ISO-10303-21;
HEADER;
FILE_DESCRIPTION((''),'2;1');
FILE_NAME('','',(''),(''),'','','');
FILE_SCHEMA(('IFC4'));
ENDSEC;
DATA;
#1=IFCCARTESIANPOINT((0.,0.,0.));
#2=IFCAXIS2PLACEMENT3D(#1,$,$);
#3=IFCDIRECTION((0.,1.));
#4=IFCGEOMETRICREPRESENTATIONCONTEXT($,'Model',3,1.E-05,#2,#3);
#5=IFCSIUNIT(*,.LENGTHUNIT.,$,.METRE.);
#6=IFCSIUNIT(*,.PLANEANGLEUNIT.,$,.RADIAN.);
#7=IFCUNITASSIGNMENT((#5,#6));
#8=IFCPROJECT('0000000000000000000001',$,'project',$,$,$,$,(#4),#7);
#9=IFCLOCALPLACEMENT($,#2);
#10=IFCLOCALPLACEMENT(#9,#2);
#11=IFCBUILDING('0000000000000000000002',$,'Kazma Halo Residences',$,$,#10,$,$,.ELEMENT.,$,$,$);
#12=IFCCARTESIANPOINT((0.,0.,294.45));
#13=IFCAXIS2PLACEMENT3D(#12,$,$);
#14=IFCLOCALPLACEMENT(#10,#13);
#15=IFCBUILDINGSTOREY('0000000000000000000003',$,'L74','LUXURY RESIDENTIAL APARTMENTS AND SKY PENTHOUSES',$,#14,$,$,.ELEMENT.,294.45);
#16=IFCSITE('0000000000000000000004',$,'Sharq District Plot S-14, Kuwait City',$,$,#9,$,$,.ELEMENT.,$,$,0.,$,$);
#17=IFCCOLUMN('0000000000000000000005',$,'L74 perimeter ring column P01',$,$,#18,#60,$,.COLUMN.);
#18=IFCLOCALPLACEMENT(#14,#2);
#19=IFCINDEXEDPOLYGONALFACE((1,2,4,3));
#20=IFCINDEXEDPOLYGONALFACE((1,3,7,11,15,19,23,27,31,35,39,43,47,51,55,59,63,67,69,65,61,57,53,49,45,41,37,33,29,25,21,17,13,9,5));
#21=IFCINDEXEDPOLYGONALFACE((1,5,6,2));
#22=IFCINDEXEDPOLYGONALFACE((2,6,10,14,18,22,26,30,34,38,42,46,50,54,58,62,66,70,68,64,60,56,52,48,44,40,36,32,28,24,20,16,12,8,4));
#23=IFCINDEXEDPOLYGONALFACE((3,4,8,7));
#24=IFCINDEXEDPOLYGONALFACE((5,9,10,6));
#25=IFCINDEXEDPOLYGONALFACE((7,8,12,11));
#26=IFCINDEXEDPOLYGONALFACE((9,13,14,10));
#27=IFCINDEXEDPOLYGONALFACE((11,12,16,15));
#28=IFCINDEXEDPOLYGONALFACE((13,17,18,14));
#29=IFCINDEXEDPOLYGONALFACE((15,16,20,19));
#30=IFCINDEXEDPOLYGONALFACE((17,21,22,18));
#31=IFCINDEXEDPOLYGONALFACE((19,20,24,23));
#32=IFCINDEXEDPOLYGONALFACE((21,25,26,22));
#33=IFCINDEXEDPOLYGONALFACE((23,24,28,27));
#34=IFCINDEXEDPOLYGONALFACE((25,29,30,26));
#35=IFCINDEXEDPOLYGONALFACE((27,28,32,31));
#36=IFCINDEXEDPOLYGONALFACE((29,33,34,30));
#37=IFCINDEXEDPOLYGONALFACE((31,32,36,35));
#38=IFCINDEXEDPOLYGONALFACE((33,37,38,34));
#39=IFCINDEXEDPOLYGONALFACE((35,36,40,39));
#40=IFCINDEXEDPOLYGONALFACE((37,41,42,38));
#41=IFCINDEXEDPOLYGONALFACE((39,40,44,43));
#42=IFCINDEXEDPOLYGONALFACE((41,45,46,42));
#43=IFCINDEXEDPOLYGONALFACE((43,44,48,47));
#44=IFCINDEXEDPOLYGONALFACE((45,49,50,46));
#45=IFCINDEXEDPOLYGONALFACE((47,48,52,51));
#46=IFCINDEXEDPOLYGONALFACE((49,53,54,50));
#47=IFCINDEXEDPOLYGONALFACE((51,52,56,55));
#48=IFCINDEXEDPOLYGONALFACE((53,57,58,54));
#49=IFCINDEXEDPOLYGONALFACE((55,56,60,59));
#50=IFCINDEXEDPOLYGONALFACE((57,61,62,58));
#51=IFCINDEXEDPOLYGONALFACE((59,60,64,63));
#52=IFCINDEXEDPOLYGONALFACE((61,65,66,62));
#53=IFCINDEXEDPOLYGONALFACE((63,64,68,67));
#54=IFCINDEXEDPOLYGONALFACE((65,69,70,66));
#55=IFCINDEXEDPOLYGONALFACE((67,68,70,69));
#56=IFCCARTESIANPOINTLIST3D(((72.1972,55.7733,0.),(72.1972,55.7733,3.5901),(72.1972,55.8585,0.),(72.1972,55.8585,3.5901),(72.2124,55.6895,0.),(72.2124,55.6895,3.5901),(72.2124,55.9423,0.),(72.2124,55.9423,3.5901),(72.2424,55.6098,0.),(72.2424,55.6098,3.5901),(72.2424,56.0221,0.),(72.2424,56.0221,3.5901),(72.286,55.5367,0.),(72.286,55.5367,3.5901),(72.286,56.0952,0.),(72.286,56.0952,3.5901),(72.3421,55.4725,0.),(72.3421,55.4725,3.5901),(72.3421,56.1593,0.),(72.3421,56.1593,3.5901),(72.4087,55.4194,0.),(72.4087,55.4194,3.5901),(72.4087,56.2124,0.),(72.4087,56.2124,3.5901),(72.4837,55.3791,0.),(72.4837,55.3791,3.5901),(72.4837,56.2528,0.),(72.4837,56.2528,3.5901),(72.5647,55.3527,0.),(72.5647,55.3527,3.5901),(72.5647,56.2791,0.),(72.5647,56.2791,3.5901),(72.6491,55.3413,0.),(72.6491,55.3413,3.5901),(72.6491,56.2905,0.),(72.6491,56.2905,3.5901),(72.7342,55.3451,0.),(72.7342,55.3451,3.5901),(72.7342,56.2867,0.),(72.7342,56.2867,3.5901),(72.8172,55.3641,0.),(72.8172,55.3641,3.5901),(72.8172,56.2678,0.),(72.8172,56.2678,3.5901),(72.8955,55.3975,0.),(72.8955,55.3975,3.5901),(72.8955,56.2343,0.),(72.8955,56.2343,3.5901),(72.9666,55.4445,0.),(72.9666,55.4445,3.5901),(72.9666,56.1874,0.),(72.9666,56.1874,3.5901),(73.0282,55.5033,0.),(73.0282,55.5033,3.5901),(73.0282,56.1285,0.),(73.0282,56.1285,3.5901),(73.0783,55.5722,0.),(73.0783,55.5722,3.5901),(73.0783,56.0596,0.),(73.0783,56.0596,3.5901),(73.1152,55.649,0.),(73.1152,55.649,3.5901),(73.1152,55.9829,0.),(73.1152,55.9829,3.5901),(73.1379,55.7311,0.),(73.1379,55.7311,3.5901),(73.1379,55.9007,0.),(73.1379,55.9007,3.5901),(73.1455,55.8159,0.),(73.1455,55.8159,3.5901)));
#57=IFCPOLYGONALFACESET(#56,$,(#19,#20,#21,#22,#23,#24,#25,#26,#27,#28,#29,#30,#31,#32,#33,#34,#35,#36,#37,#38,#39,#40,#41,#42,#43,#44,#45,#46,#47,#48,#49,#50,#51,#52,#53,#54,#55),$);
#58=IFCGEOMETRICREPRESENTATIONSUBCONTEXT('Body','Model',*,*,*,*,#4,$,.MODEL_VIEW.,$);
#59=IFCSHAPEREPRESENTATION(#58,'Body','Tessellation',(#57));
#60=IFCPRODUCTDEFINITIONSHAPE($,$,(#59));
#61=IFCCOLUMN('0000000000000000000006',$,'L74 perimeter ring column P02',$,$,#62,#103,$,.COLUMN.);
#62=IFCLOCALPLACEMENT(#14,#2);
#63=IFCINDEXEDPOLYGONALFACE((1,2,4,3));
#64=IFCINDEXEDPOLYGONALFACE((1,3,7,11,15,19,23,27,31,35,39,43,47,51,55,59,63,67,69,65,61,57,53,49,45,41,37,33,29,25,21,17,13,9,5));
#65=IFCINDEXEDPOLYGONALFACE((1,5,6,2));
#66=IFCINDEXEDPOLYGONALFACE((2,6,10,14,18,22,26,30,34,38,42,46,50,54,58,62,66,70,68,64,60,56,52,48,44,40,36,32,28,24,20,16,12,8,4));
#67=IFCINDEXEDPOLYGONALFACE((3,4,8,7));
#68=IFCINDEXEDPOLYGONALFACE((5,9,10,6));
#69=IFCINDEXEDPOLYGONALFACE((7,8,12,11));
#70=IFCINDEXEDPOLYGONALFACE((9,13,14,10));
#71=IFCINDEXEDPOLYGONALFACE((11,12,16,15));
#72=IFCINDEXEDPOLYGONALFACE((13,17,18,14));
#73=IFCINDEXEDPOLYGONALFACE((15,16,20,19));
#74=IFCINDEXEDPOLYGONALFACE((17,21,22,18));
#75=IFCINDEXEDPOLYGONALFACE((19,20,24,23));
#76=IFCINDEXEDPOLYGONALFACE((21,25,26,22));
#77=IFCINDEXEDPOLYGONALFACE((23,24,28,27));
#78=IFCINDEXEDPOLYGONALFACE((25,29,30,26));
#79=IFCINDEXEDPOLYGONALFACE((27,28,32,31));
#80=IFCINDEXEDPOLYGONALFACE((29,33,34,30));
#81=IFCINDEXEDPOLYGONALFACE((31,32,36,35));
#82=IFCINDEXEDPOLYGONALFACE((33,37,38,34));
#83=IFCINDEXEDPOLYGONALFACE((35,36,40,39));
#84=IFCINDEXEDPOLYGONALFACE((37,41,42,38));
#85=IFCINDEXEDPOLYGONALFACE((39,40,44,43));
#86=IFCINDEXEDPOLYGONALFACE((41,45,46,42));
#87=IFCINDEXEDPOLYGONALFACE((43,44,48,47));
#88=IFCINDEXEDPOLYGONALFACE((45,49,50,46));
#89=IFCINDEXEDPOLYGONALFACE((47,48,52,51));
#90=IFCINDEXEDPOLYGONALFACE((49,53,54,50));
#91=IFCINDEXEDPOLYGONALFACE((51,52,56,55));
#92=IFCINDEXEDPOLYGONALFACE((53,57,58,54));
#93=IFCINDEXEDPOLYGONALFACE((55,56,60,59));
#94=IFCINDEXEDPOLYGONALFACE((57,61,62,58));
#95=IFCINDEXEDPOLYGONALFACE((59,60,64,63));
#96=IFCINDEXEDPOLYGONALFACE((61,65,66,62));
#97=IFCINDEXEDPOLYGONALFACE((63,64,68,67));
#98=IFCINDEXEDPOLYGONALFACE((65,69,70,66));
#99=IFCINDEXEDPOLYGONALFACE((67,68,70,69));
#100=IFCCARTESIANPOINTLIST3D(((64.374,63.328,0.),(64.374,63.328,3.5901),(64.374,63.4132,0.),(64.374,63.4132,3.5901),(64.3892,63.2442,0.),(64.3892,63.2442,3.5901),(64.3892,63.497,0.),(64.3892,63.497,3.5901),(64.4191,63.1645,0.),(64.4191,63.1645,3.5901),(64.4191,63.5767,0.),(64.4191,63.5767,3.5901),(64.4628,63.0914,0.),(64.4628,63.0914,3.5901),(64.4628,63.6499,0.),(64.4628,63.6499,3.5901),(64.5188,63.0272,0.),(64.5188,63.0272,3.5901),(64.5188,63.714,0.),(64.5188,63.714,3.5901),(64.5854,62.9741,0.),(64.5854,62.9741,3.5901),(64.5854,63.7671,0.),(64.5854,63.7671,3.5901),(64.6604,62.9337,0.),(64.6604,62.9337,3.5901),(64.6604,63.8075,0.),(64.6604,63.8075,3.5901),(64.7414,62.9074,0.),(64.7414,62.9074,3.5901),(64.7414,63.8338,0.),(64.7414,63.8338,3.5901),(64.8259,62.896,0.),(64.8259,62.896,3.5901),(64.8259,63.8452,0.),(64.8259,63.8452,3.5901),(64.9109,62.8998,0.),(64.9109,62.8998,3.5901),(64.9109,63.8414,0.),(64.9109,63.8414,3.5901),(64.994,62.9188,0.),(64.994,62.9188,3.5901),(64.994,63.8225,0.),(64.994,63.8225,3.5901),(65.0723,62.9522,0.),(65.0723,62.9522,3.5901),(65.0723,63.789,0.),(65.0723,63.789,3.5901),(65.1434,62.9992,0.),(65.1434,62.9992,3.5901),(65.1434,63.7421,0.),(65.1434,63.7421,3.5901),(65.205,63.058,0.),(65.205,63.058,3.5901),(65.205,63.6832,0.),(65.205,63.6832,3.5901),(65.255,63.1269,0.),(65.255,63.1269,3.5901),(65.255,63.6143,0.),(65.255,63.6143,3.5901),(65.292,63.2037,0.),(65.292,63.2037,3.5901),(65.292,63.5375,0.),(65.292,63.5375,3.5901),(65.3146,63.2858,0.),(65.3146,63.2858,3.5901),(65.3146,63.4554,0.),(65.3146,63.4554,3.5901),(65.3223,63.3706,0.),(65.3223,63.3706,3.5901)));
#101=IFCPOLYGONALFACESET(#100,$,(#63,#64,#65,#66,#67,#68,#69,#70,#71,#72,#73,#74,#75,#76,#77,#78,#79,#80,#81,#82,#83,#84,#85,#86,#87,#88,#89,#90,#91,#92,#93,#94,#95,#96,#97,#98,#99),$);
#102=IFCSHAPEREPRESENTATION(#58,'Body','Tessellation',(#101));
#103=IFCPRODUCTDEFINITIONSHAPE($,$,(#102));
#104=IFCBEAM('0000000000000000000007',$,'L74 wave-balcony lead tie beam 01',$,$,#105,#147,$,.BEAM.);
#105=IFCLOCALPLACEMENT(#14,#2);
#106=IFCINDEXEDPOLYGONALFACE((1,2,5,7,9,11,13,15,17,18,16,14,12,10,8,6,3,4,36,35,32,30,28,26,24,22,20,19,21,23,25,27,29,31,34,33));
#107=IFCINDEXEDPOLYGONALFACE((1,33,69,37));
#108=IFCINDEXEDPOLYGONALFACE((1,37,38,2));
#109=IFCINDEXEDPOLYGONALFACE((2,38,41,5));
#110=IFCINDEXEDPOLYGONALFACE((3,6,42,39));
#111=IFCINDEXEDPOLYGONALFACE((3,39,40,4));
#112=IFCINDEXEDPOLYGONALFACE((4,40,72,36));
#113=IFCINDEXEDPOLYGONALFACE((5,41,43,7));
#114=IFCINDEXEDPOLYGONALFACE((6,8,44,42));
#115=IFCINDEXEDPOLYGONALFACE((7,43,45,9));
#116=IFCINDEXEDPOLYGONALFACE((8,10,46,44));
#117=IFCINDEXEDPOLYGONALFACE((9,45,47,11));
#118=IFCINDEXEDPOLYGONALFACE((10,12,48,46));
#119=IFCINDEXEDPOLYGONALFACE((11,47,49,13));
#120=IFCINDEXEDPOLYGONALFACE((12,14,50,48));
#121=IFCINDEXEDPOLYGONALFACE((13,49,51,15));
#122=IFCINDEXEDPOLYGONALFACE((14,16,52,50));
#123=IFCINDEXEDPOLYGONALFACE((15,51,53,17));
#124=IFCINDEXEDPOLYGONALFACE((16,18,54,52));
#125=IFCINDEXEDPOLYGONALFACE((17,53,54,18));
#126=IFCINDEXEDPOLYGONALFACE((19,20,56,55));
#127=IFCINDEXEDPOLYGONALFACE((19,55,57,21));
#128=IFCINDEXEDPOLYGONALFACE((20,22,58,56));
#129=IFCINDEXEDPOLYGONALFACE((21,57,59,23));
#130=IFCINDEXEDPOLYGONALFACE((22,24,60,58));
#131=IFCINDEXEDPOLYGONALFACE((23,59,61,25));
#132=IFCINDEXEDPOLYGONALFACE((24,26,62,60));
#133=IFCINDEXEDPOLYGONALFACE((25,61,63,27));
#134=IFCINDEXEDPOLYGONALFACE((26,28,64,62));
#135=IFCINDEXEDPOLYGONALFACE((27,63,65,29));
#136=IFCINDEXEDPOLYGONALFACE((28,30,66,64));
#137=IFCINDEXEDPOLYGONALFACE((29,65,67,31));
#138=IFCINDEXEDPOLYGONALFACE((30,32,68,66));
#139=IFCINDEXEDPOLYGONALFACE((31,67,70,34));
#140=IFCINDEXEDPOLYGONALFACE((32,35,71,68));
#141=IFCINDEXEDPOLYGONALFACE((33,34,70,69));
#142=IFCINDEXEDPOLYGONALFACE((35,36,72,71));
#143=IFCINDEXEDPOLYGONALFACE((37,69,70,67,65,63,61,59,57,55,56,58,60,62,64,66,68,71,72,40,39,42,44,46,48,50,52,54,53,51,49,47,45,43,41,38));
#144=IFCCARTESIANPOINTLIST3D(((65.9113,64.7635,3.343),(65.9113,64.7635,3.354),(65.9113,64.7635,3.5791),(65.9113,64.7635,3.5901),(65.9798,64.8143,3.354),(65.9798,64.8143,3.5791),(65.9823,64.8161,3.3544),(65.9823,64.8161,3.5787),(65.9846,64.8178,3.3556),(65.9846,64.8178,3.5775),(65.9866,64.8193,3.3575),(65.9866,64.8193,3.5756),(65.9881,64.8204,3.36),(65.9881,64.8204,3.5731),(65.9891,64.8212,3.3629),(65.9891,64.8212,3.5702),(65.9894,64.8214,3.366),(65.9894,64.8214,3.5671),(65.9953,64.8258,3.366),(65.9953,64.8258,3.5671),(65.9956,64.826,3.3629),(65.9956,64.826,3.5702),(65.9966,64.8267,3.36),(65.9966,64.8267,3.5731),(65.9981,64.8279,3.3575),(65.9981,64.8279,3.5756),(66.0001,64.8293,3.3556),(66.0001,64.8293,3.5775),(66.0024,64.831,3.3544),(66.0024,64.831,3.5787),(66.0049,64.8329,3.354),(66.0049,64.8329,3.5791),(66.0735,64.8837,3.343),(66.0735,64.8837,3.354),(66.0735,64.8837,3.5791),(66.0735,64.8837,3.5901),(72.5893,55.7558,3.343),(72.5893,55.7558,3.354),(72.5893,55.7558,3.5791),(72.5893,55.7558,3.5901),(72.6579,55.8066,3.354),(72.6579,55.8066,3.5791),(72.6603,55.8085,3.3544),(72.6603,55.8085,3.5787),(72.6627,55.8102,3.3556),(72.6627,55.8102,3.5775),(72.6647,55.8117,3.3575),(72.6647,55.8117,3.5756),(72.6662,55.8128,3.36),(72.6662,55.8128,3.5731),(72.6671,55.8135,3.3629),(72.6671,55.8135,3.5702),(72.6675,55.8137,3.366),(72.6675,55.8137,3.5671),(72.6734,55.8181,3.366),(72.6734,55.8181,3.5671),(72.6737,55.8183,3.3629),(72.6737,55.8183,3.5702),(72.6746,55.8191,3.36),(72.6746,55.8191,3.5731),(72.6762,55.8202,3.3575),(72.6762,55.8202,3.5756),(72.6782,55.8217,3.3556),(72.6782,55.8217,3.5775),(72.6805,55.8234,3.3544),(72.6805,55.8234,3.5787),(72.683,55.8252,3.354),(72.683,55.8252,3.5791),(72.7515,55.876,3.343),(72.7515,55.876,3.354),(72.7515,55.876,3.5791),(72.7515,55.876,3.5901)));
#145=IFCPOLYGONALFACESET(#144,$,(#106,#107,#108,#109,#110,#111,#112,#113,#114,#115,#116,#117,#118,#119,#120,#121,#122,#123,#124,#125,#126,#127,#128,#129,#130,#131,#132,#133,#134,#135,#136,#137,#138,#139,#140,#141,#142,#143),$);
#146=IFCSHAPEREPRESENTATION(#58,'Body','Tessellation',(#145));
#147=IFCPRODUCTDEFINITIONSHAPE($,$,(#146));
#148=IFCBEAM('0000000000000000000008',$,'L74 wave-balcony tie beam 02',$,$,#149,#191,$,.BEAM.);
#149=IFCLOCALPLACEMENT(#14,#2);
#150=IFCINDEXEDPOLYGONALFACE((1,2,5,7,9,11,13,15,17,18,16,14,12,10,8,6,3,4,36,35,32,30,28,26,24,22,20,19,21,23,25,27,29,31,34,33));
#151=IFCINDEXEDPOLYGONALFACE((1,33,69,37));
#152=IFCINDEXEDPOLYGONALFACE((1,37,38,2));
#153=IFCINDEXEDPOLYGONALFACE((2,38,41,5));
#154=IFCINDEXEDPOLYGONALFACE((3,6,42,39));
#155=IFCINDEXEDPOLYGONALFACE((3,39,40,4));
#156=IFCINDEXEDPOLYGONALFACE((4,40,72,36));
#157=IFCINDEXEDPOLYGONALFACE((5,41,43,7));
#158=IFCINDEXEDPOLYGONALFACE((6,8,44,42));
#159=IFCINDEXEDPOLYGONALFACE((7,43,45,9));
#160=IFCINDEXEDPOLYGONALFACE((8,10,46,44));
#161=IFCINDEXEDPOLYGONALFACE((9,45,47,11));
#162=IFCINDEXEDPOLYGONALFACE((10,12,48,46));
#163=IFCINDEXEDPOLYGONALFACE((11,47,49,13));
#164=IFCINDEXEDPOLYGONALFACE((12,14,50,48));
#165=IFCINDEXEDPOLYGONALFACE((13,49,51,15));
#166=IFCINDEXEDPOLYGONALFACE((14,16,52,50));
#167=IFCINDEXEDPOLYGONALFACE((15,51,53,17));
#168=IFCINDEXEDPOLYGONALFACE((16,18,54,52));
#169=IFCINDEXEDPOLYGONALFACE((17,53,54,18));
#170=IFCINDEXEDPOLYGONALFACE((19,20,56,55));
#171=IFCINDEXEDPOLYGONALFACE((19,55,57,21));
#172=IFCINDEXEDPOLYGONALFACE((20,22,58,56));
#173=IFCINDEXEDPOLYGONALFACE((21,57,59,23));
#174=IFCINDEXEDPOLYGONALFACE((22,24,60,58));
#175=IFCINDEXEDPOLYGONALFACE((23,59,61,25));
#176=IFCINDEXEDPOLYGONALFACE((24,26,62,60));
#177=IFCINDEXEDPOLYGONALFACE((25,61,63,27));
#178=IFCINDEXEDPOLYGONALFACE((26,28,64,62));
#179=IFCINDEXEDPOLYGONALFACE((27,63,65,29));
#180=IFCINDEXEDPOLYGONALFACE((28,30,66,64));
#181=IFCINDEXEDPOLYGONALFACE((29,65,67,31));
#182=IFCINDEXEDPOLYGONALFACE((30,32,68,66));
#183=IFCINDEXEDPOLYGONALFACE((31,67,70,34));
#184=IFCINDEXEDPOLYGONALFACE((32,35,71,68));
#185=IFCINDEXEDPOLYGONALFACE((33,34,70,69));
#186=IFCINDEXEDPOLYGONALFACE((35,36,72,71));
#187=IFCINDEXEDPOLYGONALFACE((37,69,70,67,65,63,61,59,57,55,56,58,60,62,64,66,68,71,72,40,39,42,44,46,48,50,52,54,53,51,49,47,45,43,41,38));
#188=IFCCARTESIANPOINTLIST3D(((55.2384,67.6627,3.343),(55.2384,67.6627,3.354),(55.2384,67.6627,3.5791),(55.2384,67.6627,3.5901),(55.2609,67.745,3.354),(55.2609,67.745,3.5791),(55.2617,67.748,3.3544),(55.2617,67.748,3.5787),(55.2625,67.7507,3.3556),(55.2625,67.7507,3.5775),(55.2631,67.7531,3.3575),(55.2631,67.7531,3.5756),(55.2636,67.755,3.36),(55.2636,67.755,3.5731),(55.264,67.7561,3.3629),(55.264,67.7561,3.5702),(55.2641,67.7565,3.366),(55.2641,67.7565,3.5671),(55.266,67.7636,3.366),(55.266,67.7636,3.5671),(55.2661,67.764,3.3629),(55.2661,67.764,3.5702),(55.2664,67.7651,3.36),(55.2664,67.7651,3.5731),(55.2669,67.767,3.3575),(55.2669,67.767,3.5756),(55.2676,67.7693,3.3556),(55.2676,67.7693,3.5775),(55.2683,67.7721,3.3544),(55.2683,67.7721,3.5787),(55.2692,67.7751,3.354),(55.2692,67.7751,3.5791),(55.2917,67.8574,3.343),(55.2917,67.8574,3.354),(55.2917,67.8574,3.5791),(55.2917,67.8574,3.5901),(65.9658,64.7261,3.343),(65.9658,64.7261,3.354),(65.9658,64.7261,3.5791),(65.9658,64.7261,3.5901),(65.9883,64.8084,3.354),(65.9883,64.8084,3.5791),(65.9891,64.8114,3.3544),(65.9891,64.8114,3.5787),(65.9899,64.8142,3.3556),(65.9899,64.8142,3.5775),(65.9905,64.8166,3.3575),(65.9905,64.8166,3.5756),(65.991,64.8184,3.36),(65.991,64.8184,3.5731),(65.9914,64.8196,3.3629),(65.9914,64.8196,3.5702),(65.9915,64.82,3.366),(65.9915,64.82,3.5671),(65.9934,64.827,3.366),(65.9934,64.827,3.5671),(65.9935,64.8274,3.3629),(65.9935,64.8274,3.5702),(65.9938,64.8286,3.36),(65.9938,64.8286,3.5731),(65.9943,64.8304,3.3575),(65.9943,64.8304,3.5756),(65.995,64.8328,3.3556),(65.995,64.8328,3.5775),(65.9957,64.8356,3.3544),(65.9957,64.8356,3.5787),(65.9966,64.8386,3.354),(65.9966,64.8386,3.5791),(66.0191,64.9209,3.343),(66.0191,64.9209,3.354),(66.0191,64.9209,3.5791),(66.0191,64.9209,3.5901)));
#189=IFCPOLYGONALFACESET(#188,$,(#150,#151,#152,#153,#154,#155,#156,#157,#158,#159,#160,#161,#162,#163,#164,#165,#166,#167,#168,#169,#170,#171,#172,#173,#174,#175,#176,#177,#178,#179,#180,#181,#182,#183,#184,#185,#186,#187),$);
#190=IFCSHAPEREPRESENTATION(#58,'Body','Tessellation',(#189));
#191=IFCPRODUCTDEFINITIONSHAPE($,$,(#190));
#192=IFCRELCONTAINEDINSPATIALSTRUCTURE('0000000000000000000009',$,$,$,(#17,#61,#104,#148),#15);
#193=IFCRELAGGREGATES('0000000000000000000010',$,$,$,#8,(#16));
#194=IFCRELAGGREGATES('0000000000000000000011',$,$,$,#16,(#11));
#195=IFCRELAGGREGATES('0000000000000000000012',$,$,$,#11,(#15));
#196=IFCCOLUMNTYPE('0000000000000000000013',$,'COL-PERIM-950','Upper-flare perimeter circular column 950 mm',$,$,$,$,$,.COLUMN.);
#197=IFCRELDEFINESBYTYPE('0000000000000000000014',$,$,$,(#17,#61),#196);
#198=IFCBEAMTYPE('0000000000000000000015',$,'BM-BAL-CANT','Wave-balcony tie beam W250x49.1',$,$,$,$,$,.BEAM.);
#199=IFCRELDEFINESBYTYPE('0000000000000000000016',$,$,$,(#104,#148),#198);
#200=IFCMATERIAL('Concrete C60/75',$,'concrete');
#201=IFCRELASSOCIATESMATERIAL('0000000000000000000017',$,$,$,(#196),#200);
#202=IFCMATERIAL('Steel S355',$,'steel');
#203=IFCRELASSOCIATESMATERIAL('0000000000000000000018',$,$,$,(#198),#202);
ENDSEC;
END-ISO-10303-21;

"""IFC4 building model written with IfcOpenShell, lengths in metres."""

from ifc_helpers import new_model, si_unit, direction, frame, origin, origin_2d, place, context, subcontext, project, spatial, circle, i_section, extrude, material, material_profile, profile_set, type_object, element, save


model = new_model("IFC4")

# Units and contexts
model_context = context("Model", 3, precision=1e-05, world=origin(), true_north=direction((0.0, 1.0)))
body_context = subcontext(model_context, "Body", "Model", "MODEL_VIEW")
ifc_project = project(units=[si_unit("LENGTHUNIT", "METRE"), si_unit("PLANEANGLEUNIT", "RADIAN")], contexts=[model_context])

# Site, building, storey
site_placement = place(None, origin())
site = spatial("IfcSite", under=ifc_project, at=site_placement, Name="Sharq District Plot S-14, Kuwait City", CompositionType="ELEMENT", RefElevation=0.0)
building_placement = place(site_placement, origin())
building = spatial("IfcBuilding", under=site, at=building_placement, Name="Kazma Halo Residences", CompositionType="ELEMENT")
storey_placement = place(building_placement, frame((0.0, 0.0, 294.45)))
storey = spatial("IfcBuildingStorey", under=building, at=storey_placement, Name="L74", Description="LUXURY RESIDENTIAL APARTMENTS AND SKY PENTHOUSES", CompositionType="ELEMENT", Elevation=294.45)

# Columns
ifc_material_1 = material(Name="Concrete C60/75", Category="concrete")
ifc_material_profile_1 = material_profile(ifc_material_1, circle(Radius=0.4751, at=origin_2d()), Name="CIRC950")
ifc_profile_set_1 = profile_set([ifc_material_profile_1], Name="Concrete C60/75")
column_type = type_object("IfcColumnType", Name="COL-PERIM-950", Description="Upper-flare perimeter circular column 950 mm", PredefinedType="COLUMN", material=ifc_profile_set_1)
for number, where, z_axis, x_axis, name in (
    (1, (72.6704, 55.8159, 0.0), (0.0, 0.0, 1.0), (1.0, 0.0, 0.0), "L74 perimeter ring column P01"),
    (2, (64.8472, 63.3706, 0.0), (0.0, 0.0, 1.0), (1.0, 0.0, 0.0), "L74 perimeter ring column P02"),
):
    element("IfcColumn", number, at=place(storey_placement, frame(where, z_axis=z_axis, x_axis=x_axis)), inside=storey, type_object=column_type, Name=name, PredefinedType="COLUMN", context=body_context, shape_type="SweptSolid", body=[
        extrude(circle(Radius=0.4751, at=origin_2d()), origin(), (0.0, 0.0, 1.0), 3.5901),
    ])

# Beams
ifc_material_2 = material(Name="Steel S355", Category="steel")
ifc_material_profile_2 = material_profile(ifc_material_2, i_section(OverallWidth=0.2019, OverallDepth=0.2471, WebThickness=0.0073, FlangeThickness=0.011, FilletRadius=0.012, at=origin_2d()), Name="W250x49.1")
ifc_profile_set_2 = profile_set([ifc_material_profile_2], Name="Steel S355")
beam_type_1 = type_object("IfcBeamType", Name="BM-BAL-CANT", Description="Wave-balcony tie beam W250x49.1", PredefinedType="BEAM", material=ifc_profile_set_2)
beam_1_placement = place(storey_placement, frame((72.6704, 55.8159, 3.4666), z_axis=(-0.595556, 0.803314, 0.0), x_axis=(-0.803314, -0.595556, 0.0)))
element("IfcBeam", 3, at=beam_1_placement, inside=storey, type_object=beam_type_1, Name="L74 wave-balcony lead tie beam 01", PredefinedType="BEAM", context=body_context, shape_type="SweptSolid", body=[
    extrude(i_section(OverallWidth=0.2019, OverallDepth=0.2471, WebThickness=0.0073, FlangeThickness=0.011, FilletRadius=0.012, at=origin_2d()), origin(), (0.0, 0.0, 1.0), 11.2131),
])
beam_2_placement = place(storey_placement, frame((65.9924, 64.8235, 3.4666), z_axis=(-0.964515, 0.264029, 0.0), x_axis=(-0.264029, -0.964515, 0.0)))
element("IfcBeam", 4, at=beam_2_placement, inside=storey, type_object=beam_type_1, Name="L74 wave-balcony tie beam 02", PredefinedType="BEAM", context=body_context, shape_type="SweptSolid", body=[
    extrude(i_section(OverallWidth=0.2019, OverallDepth=0.2471, WebThickness=0.0073, FlangeThickness=0.011, FilletRadius=0.012, at=origin_2d()), origin(), (0.0, 0.0, 1.0), 11.1221),
])

save(model, "model.ifc")
